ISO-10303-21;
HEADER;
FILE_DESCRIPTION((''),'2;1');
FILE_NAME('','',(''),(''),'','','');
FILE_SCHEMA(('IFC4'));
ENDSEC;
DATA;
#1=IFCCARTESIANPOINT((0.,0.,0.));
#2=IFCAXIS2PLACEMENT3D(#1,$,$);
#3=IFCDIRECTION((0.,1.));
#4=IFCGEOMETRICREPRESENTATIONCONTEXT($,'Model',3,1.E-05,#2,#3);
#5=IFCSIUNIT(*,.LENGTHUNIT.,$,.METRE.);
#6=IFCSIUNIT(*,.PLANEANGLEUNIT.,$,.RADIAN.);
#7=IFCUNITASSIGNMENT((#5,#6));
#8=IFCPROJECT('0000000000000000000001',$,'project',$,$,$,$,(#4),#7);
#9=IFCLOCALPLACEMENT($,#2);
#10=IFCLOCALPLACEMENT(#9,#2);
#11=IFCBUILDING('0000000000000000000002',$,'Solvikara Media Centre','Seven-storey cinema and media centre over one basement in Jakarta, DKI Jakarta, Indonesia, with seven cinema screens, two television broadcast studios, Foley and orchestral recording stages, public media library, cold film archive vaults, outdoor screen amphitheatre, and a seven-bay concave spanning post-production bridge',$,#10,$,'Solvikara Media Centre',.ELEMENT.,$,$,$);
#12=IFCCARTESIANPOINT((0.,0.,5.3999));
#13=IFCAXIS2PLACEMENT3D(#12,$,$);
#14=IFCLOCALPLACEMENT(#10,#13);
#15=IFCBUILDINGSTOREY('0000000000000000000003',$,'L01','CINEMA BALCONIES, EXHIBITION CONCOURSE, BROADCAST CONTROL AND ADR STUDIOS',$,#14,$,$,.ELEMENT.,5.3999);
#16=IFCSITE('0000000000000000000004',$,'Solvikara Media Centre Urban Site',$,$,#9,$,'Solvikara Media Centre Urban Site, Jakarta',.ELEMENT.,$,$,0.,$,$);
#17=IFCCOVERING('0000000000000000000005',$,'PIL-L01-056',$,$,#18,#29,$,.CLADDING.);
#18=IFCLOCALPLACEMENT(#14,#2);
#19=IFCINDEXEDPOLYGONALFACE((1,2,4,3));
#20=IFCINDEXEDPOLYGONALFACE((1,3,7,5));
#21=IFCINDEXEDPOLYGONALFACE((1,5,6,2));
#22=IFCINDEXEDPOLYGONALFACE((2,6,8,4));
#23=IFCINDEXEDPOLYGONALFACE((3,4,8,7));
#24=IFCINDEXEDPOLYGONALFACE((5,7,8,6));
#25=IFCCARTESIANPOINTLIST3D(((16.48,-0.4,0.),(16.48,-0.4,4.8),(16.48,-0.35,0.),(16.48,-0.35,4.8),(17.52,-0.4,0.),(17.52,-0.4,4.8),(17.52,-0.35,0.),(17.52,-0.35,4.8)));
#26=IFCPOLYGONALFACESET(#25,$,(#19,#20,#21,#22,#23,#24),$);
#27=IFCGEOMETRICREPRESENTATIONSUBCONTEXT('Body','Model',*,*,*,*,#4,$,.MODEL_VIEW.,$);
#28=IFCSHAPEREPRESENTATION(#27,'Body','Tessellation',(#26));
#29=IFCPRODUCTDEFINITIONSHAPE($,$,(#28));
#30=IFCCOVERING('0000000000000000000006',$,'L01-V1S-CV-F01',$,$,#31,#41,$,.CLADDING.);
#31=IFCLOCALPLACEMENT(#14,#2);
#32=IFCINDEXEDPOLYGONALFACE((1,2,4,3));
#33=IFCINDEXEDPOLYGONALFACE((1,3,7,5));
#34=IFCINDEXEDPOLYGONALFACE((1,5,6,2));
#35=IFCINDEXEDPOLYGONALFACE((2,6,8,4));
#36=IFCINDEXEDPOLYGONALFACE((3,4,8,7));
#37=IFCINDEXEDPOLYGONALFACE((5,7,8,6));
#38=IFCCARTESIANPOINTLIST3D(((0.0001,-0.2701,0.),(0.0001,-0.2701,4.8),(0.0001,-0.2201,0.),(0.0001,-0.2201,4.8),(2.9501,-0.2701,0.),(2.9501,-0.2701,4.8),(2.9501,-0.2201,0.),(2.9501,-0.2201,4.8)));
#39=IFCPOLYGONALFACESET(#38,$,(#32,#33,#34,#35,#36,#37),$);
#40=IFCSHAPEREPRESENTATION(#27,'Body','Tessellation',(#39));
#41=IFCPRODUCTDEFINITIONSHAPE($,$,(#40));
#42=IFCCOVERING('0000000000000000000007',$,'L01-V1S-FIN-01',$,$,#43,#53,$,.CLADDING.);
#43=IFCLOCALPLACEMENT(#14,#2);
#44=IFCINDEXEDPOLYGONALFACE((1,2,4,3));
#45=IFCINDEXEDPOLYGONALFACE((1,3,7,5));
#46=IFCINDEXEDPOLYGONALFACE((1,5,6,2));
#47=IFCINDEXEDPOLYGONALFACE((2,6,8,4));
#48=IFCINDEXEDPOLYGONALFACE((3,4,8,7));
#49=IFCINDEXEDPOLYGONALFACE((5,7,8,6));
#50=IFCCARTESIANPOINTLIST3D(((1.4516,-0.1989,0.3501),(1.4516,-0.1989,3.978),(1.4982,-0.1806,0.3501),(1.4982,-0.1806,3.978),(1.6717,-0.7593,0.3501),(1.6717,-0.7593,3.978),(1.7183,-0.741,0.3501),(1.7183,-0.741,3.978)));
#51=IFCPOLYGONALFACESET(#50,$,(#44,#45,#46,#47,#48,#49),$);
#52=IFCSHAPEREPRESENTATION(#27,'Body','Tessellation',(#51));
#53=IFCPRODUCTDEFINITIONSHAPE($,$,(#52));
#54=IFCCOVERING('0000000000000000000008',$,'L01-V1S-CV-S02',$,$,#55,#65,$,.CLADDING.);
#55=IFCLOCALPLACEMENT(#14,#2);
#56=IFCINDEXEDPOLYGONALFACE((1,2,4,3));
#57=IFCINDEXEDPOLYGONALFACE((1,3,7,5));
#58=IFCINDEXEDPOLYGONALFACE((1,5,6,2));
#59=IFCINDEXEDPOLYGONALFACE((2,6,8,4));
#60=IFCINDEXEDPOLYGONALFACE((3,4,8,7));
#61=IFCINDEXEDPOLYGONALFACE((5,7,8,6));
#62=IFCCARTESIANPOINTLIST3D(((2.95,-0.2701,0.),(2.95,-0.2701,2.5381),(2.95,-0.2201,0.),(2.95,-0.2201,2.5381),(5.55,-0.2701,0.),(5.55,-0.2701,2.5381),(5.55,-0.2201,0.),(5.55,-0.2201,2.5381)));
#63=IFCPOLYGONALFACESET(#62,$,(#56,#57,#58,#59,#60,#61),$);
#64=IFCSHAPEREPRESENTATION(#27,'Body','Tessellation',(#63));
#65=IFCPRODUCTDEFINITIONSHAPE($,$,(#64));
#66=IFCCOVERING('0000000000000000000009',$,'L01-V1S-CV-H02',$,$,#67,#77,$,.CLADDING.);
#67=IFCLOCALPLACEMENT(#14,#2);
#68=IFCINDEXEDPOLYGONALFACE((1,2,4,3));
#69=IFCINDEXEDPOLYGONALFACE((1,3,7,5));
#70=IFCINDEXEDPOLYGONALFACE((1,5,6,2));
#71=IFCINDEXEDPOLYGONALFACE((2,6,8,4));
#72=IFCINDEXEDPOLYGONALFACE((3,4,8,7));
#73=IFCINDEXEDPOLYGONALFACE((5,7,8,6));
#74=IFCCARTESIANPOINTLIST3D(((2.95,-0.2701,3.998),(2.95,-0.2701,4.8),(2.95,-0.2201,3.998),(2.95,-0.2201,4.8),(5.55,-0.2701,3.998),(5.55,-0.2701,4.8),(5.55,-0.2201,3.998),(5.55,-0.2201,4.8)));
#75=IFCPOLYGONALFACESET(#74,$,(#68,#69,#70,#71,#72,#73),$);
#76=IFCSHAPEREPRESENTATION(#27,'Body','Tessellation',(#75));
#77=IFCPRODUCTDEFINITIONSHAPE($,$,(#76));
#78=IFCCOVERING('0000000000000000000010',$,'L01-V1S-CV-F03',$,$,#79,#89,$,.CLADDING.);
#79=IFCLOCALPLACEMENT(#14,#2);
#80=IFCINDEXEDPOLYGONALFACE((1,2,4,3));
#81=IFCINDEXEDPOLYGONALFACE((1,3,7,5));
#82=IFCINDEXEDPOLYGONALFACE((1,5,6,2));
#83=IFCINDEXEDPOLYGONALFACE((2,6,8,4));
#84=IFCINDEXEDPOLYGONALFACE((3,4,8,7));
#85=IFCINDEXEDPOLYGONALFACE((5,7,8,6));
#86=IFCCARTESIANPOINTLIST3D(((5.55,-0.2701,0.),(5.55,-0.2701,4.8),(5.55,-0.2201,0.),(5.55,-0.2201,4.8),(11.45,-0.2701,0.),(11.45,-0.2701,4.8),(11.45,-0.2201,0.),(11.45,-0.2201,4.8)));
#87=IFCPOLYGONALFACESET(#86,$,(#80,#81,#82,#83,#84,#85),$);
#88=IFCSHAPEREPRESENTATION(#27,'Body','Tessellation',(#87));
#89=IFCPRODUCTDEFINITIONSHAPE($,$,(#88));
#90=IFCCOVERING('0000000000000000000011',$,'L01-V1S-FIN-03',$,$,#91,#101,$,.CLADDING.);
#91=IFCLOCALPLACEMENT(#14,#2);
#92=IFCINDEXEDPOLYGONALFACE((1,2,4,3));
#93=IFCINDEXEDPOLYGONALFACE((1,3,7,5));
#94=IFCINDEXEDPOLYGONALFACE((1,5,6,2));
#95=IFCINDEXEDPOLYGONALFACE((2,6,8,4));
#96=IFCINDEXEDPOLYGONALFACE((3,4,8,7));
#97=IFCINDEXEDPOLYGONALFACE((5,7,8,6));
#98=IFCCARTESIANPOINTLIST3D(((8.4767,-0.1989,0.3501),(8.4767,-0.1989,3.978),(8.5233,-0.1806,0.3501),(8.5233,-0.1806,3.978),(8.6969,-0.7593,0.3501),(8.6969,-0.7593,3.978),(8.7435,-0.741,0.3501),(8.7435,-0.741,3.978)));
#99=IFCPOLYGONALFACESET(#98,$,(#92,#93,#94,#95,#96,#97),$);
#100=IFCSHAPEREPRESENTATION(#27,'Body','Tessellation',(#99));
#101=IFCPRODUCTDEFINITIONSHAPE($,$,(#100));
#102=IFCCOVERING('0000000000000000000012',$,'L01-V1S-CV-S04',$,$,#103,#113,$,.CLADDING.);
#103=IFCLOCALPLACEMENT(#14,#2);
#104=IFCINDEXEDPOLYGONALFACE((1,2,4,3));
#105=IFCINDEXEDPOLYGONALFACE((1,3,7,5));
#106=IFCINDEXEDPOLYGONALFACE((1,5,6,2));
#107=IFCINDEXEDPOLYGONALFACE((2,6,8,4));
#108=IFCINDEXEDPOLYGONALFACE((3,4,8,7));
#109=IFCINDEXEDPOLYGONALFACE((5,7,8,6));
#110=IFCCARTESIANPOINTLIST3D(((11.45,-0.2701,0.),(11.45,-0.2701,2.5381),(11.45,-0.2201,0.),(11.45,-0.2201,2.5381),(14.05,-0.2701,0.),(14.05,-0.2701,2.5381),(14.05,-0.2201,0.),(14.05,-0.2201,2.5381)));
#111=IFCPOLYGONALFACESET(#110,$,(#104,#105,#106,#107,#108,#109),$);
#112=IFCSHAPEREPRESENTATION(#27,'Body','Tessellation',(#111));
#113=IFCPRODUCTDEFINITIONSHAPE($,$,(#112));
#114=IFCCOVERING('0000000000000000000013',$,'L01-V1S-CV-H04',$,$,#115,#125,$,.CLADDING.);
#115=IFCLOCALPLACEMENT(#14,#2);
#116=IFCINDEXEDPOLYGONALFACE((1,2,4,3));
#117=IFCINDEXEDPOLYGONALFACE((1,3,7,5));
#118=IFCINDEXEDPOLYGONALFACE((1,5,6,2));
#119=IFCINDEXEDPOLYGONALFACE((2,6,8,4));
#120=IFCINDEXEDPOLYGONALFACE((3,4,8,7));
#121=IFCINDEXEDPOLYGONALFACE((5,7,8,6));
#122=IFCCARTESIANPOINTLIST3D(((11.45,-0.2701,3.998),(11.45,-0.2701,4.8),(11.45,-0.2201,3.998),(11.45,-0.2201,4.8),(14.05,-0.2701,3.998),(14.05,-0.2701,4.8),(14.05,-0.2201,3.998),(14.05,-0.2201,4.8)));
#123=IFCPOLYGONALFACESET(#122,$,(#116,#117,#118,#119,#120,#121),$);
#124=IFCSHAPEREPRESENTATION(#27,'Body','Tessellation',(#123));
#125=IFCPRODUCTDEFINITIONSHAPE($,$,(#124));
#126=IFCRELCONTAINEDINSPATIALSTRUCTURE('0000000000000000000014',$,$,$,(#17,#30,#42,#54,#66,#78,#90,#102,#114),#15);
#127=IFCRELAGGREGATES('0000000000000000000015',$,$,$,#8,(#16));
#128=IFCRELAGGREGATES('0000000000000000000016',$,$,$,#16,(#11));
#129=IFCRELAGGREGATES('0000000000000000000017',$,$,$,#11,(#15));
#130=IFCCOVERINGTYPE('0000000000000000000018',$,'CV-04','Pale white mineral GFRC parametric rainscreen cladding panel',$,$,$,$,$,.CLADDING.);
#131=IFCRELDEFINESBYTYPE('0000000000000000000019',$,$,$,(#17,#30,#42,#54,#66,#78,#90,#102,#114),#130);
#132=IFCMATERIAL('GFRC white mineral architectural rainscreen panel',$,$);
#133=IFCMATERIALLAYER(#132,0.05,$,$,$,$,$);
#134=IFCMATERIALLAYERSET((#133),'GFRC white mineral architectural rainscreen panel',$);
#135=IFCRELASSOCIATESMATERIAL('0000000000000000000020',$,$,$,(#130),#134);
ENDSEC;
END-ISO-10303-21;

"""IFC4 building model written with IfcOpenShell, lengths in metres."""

from ifc_helpers import new_model, si_unit, direction, frame, origin, origin_2d, place, context, subcontext, project, spatial, rectangle, extrude, material, layer, layer_set, type_object, element, save


model = new_model("IFC4")

# Units and contexts
model_context = context("Model", 3, precision=1e-05, world=origin(), true_north=direction((0.0, 1.0)))
body_context = subcontext(model_context, "Body", "Model", "MODEL_VIEW")
ifc_project = project(units=[si_unit("LENGTHUNIT", "METRE"), si_unit("PLANEANGLEUNIT", "RADIAN")], contexts=[model_context])

# Site, building, storey
site_placement = place(None, origin())
site = spatial("IfcSite", under=ifc_project, at=site_placement, Name="Solvikara Media Centre Urban Site", LongName="Solvikara Media Centre Urban Site, Jakarta", CompositionType="ELEMENT", RefElevation=0.0)
building_placement = place(site_placement, origin())
building = spatial("IfcBuilding", under=site, at=building_placement, Name="Solvikara Media Centre", Description="Seven-storey cinema and media centre over one basement in Jakarta, DKI Jakarta, Indonesia, with seven cinema screens, two television broadcast studios, Foley and orchestral recording stages, public media library, cold film archive vaults, outdoor screen amphitheatre, and a seven-bay concave spanning post-production bridge", LongName="Solvikara Media Centre", CompositionType="ELEMENT")
storey_placement = place(building_placement, frame((0.0, 0.0, 5.3999)))
storey = spatial("IfcBuildingStorey", under=building, at=storey_placement, Name="L01", Description="CINEMA BALCONIES, EXHIBITION CONCOURSE, BROADCAST CONTROL AND ADR STUDIOS", CompositionType="ELEMENT", Elevation=5.3999)

# Coverings
ifc_material_1 = material(Name="GFRC white mineral architectural rainscreen panel")
ifc_layer_1 = layer(ifc_material_1, 0.05)
ifc_layer_set_1 = layer_set([ifc_layer_1], Name="GFRC white mineral architectural rainscreen panel")
covering_type_1 = type_object("IfcCoveringType", Name="CV-04", Description="Pale white mineral GFRC parametric rainscreen cladding panel", PredefinedType="CLADDING", material=ifc_layer_set_1)
for number, where, z_axis, x_axis, name in (
    (1, (17.0, -0.375, 0.0), (0.0, 0.0, 1.0), (1.0, 0.0, 0.0), "PIL-L01-056"),
):
    element("IfcCovering", number, at=place(storey_placement, frame(where, z_axis=z_axis, x_axis=x_axis)), inside=storey, type_object=covering_type_1, Name=name, PredefinedType="CLADDING", context=body_context, shape_type="SweptSolid", body=[
        extrude(rectangle(XDim=1.04, YDim=0.05, at=origin_2d()), origin(), (0.0, 0.0, 1.0), 4.8),
    ])
covering_1_placement = place(storey_placement, frame((1.4751, -0.2451, 0.0), z_axis=(0.0, 0.0, 1.0), x_axis=(1.0, 0.0, 0.0)))
element("IfcCovering", 2, at=covering_1_placement, inside=storey, type_object=covering_type_1, Name="L01-V1S-CV-F01", PredefinedType="CLADDING", context=body_context, shape_type="SweptSolid", body=[
    extrude(rectangle(XDim=2.95, YDim=0.05, at=origin_2d()), origin(), (0.0, 0.0, 1.0), 4.8),
])
covering_2_placement = place(storey_placement, frame((1.585, -0.47, 0.3501), z_axis=(0.0, 0.0, 1.0), x_axis=(0.365657, -0.93075, 0.0)))
element("IfcCovering", 3, at=covering_2_placement, inside=storey, type_object=covering_type_1, Name="L01-V1S-FIN-01", PredefinedType="CLADDING", context=body_context, shape_type="SweptSolid", body=[
    extrude(rectangle(XDim=0.6021, YDim=0.05, at=origin_2d()), origin(), (0.0, 0.0, 1.0), 3.6279),
])
covering_3_placement = place(storey_placement, frame((4.25, -0.2451, 0.0), z_axis=(0.0, 0.0, 1.0), x_axis=(1.0, 0.0, 0.0)))
element("IfcCovering", 4, at=covering_3_placement, inside=storey, type_object=covering_type_1, Name="L01-V1S-CV-S02", PredefinedType="CLADDING", context=body_context, shape_type="SweptSolid", body=[
    extrude(rectangle(XDim=2.6001, YDim=0.05, at=origin_2d()), origin(), (0.0, 0.0, 1.0), 2.5381),
])
covering_4_placement = place(storey_placement, frame((4.25, -0.2451, 3.998), z_axis=(0.0, 0.0, 1.0), x_axis=(1.0, 0.0, 0.0)))
element("IfcCovering", 5, at=covering_4_placement, inside=storey, type_object=covering_type_1, Name="L01-V1S-CV-H02", PredefinedType="CLADDING", context=body_context, shape_type="SweptSolid", body=[
    extrude(rectangle(XDim=2.6001, YDim=0.05, at=origin_2d()), origin(), (0.0, 0.0, 1.0), 0.802),
])
covering_5_placement = place(storey_placement, frame((8.5, -0.2451, 0.0), z_axis=(0.0, 0.0, 1.0), x_axis=(1.0, 0.0, 0.0)))
element("IfcCovering", 6, at=covering_5_placement, inside=storey, type_object=covering_type_1, Name="L01-V1S-CV-F03", PredefinedType="CLADDING", context=body_context, shape_type="SweptSolid", body=[
    extrude(rectangle(XDim=5.8999, YDim=0.05, at=origin_2d()), origin(), (0.0, 0.0, 1.0), 4.8),
])
covering_6_placement = place(storey_placement, frame((8.6101, -0.47, 0.3501), z_axis=(0.0, 0.0, 1.0), x_axis=(0.365657, -0.93075, 0.0)))
element("IfcCovering", 7, at=covering_6_placement, inside=storey, type_object=covering_type_1, Name="L01-V1S-FIN-03", PredefinedType="CLADDING", context=body_context, shape_type="SweptSolid", body=[
    extrude(rectangle(XDim=0.6021, YDim=0.05, at=origin_2d()), origin(), (0.0, 0.0, 1.0), 3.6279),
])
covering_7_placement = place(storey_placement, frame((12.75, -0.2451, 0.0), z_axis=(0.0, 0.0, 1.0), x_axis=(1.0, 0.0, 0.0)))
element("IfcCovering", 8, at=covering_7_placement, inside=storey, type_object=covering_type_1, Name="L01-V1S-CV-S04", PredefinedType="CLADDING", context=body_context, shape_type="SweptSolid", body=[
    extrude(rectangle(XDim=2.6001, YDim=0.05, at=origin_2d()), origin(), (0.0, 0.0, 1.0), 2.5381),
])
covering_8_placement = place(storey_placement, frame((12.75, -0.2451, 3.998), z_axis=(0.0, 0.0, 1.0), x_axis=(1.0, 0.0, 0.0)))
element("IfcCovering", 9, at=covering_8_placement, inside=storey, type_object=covering_type_1, Name="L01-V1S-CV-H04", PredefinedType="CLADDING", context=body_context, shape_type="SweptSolid", body=[
    extrude(rectangle(XDim=2.6001, YDim=0.05, at=origin_2d()), origin(), (0.0, 0.0, 1.0), 0.802),
])

save(model, "model.ifc")
